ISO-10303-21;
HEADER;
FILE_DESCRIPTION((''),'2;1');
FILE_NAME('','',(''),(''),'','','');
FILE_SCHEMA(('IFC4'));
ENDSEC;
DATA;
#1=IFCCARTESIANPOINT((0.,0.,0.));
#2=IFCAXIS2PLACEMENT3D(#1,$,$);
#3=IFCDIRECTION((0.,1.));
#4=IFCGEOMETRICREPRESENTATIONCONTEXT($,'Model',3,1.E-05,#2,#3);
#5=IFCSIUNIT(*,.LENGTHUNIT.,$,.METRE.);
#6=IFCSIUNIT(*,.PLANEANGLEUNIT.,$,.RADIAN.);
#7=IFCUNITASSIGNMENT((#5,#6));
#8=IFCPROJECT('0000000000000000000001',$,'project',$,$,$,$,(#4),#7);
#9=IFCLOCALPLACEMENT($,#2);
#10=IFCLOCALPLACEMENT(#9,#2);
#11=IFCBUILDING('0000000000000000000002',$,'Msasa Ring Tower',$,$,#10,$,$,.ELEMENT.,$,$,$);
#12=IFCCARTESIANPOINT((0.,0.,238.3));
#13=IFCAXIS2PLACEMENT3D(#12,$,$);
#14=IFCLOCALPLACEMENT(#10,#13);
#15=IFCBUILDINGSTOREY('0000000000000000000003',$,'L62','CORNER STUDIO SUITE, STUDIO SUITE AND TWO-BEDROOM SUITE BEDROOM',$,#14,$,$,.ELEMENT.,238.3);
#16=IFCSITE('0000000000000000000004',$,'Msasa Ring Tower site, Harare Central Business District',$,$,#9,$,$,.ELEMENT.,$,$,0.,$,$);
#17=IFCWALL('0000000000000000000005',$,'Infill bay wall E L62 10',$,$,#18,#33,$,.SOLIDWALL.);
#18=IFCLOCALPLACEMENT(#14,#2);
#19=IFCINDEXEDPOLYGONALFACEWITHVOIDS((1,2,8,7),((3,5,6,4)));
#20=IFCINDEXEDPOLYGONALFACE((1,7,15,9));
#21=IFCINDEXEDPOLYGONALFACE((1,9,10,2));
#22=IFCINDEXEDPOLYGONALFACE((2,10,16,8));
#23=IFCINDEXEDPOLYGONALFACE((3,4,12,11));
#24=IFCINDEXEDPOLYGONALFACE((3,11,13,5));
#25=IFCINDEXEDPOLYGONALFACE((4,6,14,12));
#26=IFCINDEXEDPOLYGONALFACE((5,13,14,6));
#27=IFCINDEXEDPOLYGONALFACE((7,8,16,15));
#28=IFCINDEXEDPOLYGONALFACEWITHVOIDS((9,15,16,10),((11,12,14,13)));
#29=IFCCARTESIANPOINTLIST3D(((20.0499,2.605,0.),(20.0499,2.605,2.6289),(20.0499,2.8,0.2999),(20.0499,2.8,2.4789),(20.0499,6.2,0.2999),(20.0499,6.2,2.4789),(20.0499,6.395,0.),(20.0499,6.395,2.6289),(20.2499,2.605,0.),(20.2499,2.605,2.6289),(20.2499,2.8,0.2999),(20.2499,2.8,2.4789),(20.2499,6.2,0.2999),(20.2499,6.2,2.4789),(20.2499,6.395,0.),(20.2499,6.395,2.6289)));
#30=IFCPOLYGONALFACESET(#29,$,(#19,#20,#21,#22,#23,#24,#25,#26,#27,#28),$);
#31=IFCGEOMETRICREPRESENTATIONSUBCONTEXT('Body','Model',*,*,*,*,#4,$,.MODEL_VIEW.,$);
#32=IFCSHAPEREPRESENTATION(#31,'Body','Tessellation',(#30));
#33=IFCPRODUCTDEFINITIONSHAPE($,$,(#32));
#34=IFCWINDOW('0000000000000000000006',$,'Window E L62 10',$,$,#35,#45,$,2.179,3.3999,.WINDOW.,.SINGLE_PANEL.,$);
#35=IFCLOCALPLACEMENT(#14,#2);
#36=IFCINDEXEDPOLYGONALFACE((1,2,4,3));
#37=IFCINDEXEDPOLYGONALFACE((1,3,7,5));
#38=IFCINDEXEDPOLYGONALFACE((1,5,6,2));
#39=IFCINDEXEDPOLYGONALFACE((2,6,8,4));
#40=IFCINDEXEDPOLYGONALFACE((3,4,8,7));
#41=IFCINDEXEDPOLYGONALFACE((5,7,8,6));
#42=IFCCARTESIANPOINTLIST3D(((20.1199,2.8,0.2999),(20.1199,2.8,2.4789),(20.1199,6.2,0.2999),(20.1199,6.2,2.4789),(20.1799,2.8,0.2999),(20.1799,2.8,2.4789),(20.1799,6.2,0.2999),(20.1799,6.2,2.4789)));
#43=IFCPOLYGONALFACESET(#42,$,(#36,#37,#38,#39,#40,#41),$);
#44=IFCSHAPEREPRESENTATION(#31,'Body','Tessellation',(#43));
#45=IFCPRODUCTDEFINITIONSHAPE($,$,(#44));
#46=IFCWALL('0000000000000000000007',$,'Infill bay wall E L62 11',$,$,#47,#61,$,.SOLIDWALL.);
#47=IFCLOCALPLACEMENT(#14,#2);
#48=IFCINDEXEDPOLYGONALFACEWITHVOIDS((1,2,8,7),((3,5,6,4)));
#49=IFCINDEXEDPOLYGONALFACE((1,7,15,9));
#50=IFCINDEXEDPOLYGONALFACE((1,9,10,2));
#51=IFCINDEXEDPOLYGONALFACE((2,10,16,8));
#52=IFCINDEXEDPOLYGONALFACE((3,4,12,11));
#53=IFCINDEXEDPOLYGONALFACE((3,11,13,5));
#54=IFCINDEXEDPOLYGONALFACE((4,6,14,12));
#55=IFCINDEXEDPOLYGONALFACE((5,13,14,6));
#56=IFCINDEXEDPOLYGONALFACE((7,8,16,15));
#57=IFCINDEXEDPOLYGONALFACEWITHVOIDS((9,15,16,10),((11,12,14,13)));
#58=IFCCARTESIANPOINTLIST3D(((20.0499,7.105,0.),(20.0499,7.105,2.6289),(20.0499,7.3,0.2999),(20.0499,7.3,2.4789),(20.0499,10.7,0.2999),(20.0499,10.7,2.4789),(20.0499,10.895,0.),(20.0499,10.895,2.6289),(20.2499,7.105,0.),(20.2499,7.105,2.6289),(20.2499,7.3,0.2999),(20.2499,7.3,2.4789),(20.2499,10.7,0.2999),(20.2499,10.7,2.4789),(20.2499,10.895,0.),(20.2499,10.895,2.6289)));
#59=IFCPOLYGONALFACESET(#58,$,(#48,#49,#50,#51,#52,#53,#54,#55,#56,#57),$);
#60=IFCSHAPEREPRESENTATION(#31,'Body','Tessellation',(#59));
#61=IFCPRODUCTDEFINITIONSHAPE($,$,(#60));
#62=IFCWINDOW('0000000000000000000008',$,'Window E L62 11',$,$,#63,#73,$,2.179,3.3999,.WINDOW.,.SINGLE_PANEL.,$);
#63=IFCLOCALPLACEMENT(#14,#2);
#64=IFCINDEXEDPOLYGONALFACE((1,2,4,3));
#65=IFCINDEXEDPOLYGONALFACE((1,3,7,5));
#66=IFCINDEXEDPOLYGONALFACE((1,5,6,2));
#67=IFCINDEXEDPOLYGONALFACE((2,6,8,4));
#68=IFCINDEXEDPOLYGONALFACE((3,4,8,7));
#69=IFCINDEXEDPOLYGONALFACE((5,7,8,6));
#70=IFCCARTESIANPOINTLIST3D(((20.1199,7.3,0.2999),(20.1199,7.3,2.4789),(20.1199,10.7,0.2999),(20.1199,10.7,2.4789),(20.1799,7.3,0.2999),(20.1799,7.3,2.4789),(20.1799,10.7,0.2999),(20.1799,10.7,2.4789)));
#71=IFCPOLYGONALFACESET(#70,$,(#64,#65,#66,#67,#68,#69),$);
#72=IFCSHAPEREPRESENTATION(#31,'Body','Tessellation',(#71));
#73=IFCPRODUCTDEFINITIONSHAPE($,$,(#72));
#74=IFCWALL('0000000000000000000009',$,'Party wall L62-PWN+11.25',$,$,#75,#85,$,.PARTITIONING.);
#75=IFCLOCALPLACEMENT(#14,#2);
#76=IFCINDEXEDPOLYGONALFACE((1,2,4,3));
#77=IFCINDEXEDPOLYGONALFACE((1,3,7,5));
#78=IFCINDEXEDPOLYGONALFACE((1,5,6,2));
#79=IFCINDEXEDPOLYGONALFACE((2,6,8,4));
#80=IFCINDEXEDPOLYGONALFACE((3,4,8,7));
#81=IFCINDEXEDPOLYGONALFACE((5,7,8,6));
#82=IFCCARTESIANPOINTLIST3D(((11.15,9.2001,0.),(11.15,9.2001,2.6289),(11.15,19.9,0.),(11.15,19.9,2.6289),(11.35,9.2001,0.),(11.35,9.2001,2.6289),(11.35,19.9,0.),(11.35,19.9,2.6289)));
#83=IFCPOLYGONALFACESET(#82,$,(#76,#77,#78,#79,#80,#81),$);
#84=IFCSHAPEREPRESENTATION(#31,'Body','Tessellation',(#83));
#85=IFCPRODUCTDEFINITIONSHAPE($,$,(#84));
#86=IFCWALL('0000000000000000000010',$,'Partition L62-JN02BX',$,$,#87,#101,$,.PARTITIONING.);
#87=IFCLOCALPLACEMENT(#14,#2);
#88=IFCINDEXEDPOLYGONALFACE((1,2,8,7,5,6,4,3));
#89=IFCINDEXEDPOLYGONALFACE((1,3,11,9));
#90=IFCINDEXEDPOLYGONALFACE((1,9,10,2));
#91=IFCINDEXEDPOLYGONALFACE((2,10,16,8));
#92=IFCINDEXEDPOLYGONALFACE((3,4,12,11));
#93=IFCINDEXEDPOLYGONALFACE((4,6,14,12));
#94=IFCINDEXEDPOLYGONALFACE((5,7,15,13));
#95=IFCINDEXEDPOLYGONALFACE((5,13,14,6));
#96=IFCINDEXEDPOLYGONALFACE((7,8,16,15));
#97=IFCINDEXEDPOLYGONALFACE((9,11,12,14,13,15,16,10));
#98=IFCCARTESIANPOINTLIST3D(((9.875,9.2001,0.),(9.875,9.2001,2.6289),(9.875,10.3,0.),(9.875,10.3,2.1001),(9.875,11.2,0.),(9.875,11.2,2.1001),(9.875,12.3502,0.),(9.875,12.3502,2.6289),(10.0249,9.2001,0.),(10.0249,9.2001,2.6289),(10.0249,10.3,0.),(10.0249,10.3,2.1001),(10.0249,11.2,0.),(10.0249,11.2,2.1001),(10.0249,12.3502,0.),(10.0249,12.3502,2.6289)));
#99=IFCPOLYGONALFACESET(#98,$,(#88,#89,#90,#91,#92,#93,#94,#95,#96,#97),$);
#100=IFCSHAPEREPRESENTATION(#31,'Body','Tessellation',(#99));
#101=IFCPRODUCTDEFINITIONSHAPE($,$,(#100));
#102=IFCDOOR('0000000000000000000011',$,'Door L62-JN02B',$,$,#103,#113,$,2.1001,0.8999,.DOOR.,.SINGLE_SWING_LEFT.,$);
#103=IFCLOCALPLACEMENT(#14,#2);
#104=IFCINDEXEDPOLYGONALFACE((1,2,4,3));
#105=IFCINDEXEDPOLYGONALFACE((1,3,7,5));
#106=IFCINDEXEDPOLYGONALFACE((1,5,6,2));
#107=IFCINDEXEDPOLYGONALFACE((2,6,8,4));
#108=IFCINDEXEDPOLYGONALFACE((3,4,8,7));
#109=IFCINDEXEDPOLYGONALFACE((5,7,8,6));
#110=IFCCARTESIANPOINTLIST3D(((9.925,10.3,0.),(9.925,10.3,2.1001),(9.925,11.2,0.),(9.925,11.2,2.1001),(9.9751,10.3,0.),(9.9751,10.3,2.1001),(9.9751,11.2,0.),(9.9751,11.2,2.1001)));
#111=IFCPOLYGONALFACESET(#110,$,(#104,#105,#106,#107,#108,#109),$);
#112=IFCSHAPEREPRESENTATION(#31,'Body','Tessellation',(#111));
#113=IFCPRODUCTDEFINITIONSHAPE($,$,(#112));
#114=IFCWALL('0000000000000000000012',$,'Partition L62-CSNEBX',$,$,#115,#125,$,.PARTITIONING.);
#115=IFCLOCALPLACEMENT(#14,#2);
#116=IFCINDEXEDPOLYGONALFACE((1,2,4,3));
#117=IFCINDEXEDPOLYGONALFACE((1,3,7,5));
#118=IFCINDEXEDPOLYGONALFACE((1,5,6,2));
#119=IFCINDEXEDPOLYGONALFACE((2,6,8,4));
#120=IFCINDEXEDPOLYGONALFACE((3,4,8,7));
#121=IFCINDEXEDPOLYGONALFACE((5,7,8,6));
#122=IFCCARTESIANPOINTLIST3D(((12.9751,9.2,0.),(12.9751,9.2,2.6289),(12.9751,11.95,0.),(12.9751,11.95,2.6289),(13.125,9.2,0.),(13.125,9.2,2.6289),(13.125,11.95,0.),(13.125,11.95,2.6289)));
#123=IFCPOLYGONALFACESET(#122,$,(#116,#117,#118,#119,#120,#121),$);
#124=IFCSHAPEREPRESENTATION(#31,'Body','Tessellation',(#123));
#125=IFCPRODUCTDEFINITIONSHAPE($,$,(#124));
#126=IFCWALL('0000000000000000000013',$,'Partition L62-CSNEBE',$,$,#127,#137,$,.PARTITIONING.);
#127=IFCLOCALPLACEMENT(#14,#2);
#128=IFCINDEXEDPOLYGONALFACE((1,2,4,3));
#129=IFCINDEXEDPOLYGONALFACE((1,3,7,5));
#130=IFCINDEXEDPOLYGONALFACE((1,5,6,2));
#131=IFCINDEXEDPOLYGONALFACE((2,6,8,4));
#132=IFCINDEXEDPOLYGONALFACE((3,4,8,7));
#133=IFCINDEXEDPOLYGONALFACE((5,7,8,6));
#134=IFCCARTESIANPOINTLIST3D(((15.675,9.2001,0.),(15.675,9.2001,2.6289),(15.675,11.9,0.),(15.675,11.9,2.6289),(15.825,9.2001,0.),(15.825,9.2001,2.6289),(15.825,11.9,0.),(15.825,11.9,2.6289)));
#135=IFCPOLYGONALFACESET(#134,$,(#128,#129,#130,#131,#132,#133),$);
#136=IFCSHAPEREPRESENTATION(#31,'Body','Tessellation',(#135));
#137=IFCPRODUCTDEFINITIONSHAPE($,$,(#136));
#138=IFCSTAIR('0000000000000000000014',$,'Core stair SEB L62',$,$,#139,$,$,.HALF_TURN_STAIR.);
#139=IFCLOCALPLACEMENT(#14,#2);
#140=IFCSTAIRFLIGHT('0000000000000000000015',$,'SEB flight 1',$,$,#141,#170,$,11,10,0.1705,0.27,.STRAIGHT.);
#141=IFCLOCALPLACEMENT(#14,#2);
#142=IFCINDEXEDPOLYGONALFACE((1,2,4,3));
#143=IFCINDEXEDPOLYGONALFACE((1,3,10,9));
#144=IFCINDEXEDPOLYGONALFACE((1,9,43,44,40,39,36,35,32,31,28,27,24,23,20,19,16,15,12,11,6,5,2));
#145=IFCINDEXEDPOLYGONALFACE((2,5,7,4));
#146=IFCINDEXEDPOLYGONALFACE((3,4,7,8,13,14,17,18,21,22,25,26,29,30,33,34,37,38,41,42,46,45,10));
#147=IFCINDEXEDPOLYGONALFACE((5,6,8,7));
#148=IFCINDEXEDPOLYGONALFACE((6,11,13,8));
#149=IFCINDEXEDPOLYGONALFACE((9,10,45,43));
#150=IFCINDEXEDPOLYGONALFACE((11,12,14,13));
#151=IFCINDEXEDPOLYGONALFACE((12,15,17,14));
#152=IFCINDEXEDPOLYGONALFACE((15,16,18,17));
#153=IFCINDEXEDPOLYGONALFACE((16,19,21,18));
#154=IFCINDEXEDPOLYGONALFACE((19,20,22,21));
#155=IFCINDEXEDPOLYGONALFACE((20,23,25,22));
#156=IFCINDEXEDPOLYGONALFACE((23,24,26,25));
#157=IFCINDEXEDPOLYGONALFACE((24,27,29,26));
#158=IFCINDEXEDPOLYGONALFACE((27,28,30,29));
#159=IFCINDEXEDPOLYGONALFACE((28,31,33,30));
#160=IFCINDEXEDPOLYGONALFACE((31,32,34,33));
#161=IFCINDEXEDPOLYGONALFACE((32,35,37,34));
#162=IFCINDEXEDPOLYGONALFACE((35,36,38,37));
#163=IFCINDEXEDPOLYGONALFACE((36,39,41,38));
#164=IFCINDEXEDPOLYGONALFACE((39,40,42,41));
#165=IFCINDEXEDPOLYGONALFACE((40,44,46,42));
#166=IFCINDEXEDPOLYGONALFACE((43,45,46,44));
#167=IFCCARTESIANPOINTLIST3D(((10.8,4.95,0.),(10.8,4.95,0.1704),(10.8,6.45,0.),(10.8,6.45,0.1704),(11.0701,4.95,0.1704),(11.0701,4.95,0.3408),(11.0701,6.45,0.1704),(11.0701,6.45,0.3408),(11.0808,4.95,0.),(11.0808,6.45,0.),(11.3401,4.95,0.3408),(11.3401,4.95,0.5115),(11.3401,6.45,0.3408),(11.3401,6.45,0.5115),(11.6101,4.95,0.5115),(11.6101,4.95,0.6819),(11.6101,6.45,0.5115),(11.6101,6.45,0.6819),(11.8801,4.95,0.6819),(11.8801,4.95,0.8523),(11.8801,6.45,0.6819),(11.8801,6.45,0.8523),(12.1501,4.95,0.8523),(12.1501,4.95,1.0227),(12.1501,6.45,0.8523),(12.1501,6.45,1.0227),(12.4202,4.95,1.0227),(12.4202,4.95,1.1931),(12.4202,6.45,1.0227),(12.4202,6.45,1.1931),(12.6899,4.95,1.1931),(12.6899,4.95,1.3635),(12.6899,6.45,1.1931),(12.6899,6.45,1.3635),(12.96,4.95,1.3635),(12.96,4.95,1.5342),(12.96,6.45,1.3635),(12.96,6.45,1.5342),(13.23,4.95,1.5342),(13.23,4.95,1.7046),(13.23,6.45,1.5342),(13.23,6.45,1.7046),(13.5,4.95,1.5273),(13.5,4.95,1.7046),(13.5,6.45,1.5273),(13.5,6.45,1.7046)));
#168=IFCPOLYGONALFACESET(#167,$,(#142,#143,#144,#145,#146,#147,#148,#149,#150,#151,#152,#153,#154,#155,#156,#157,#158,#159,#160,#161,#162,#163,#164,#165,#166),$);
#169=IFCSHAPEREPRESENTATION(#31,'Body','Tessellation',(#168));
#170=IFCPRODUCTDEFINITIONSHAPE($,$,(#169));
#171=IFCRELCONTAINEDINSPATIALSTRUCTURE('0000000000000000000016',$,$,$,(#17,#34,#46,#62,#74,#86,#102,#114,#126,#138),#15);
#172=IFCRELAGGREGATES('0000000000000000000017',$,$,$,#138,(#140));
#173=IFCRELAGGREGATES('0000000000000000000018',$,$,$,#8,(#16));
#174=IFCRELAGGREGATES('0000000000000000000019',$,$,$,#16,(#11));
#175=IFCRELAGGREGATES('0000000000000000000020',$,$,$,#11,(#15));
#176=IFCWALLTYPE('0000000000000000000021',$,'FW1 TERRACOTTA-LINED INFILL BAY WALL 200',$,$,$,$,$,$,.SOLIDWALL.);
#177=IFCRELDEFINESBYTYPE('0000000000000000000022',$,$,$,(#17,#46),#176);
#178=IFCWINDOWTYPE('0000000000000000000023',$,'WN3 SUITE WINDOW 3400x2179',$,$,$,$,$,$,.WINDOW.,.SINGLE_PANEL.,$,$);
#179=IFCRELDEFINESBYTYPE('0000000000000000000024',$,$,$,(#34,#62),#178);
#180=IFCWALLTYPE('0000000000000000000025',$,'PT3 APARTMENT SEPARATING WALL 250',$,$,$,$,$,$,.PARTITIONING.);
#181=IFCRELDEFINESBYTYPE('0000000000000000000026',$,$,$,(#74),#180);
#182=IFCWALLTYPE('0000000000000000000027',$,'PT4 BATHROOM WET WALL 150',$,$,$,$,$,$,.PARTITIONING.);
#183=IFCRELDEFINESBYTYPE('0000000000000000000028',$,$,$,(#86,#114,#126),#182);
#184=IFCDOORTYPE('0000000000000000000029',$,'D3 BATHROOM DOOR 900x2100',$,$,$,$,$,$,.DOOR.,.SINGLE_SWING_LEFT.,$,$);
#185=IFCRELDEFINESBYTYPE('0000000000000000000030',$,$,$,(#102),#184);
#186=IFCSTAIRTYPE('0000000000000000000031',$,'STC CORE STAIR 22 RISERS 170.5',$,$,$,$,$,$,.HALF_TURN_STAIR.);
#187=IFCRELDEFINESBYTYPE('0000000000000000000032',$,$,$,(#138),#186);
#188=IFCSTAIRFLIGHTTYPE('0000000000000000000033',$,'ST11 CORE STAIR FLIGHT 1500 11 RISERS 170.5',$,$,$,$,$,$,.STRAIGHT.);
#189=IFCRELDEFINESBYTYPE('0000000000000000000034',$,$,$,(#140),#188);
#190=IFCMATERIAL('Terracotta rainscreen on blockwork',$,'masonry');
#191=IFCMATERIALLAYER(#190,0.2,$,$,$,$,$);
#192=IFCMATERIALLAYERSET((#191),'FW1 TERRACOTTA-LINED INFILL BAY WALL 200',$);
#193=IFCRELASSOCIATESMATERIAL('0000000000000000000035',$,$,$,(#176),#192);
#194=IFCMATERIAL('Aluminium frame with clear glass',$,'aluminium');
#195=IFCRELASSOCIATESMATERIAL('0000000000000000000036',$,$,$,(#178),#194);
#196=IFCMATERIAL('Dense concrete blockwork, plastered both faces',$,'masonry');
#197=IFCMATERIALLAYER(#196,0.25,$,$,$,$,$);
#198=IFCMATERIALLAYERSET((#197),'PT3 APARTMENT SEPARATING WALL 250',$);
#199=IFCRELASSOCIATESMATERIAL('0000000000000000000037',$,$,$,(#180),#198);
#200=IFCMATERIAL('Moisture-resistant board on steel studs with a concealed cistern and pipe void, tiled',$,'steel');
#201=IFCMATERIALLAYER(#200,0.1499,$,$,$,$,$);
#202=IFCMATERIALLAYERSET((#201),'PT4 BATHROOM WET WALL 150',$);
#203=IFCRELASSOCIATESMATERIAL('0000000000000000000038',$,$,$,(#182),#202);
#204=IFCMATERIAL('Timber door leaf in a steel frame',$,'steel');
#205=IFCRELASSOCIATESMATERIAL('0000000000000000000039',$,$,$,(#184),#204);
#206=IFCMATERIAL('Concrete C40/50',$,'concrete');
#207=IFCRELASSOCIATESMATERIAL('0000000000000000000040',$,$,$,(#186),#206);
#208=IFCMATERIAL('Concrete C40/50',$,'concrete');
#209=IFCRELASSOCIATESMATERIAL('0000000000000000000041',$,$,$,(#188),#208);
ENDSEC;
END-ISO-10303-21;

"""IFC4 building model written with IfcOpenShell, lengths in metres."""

from ifc_helpers import new_model, si_unit, direction, frame, frame_2d, origin, place, context, subcontext, project, spatial, polyline, rectangle, outline, extrude, material, layer, layer_set, type_object, element, fill, aggregate, save


model = new_model("IFC4")

# Units and contexts
model_context = context("Model", 3, precision=1e-05, world=origin(), true_north=direction((0.0, 1.0)))
body_context = subcontext(model_context, "Body", "Model", "MODEL_VIEW")
ifc_project = project(units=[si_unit("LENGTHUNIT", "METRE"), si_unit("PLANEANGLEUNIT", "RADIAN")], contexts=[model_context])

# Site, building, storey
site_placement = place(None, origin())
site = spatial("IfcSite", under=ifc_project, at=site_placement, Name="Msasa Ring Tower site, Harare Central Business District", CompositionType="ELEMENT", RefElevation=0.0)
building_placement = place(site_placement, origin())
building = spatial("IfcBuilding", under=site, at=building_placement, Name="Msasa Ring Tower", CompositionType="ELEMENT")
storey_placement = place(building_placement, frame((0.0, 0.0, 238.3)))
storey = spatial("IfcBuildingStorey", under=building, at=storey_placement, Name="L62", Description="CORNER STUDIO SUITE, STUDIO SUITE AND TWO-BEDROOM SUITE BEDROOM", CompositionType="ELEMENT", Elevation=238.3)

# Walls, openings, windows
ifc_material_1 = material(Name="Terracotta rainscreen on blockwork", Category="masonry")
ifc_layer_1 = layer(ifc_material_1, 0.2)
ifc_layer_set_1 = layer_set([ifc_layer_1], Name="FW1 TERRACOTTA-LINED INFILL BAY WALL 200")
wall_type_1 = type_object("IfcWallType", Name="FW1 TERRACOTTA-LINED INFILL BAY WALL 200", PredefinedType="SOLIDWALL", material=ifc_layer_set_1)
wall_1_placement = place(storey_placement, frame((20.1499, 2.605, 0.0), z_axis=(0.0, 0.0, 1.0), x_axis=(0.0, 1.0, 0.0)))
wall_1 = element("IfcWall", 1, at=wall_1_placement, inside=storey, type_object=wall_type_1, Name="Infill bay wall E L62 10", PredefinedType="SOLIDWALL", context=body_context, shape_type="SweptSolid", body=[
    extrude(rectangle(XDim=3.79, YDim=0.2, at=frame_2d((1.895, 0.0))), origin(), (0.0, 0.0, 1.0), 2.6289),
])
opening_1_placement = place(wall_1_placement, frame((0.1951, 0.0, 0.3)))
opening_1 = element("IfcOpeningElement", 2, at=opening_1_placement, cuts=wall_1, PredefinedType="OPENING", context=body_context, shape_type="SweptSolid", body=[
    extrude(rectangle(XDim=3.3999, YDim=2.179, at=frame_2d((1.7, 1.0894))), frame((0.0, 0.1099, 0.0), z_axis=(0.0, -1.0, 0.0), x_axis=(1.0, 0.0, 0.0)), (0.0, 0.0, 1.0), 0.22),
])
ifc_material_2 = material(Name="Aluminium frame with clear glass", Category="aluminium")
window_type = type_object("IfcWindowType", Name="WN3 SUITE WINDOW 3400x2179", PartitioningType="SINGLE_PANEL", PredefinedType="WINDOW", material=ifc_material_2)
window_1_placement = place(opening_1_placement, origin())
window_1 = element("IfcWindow", 3, at=window_1_placement, inside=storey, type_object=window_type, Name="Window E L62 10", OverallHeight=2.179, OverallWidth=3.3999, PartitioningType="SINGLE_PANEL", PredefinedType="WINDOW", context=body_context, shape_type="SweptSolid", body=[
    extrude(rectangle(XDim=3.3999, YDim=2.179, at=frame_2d((1.7, 1.0894))), frame((0.0, 0.03, 0.0), z_axis=(0.0, -1.0, 0.0), x_axis=(1.0, 0.0, 0.0)), (0.0, 0.0, 1.0), 0.0601),
])
fill(opening_1, window_1)
wall_2_placement = place(storey_placement, frame((20.1499, 7.105, 0.0), z_axis=(0.0, 0.0, 1.0), x_axis=(0.0, 1.0, 0.0)))
wall_2 = element("IfcWall", 4, at=wall_2_placement, inside=storey, type_object=wall_type_1, Name="Infill bay wall E L62 11", PredefinedType="SOLIDWALL", context=body_context, shape_type="SweptSolid", body=[
    extrude(rectangle(XDim=3.79, YDim=0.2, at=frame_2d((1.895, 0.0))), origin(), (0.0, 0.0, 1.0), 2.6289),
])
opening_2_placement = place(wall_2_placement, frame((0.1951, 0.0, 0.3)))
opening_2 = element("IfcOpeningElement", 5, at=opening_2_placement, cuts=wall_2, PredefinedType="OPENING", context=body_context, shape_type="SweptSolid", body=[
    extrude(rectangle(XDim=3.3999, YDim=2.179, at=frame_2d((1.7, 1.0894))), frame((0.0, 0.1099, 0.0), z_axis=(0.0, -1.0, 0.0), x_axis=(1.0, 0.0, 0.0)), (0.0, 0.0, 1.0), 0.22),
])
window_2_placement = place(opening_2_placement, origin())
window_2 = element("IfcWindow", 6, at=window_2_placement, inside=storey, type_object=window_type, Name="Window E L62 11", OverallHeight=2.179, OverallWidth=3.3999, PartitioningType="SINGLE_PANEL", PredefinedType="WINDOW", context=body_context, shape_type="SweptSolid", body=[
    extrude(rectangle(XDim=3.3999, YDim=2.179, at=frame_2d((1.7, 1.0894))), frame((0.0, 0.03, 0.0), z_axis=(0.0, -1.0, 0.0), x_axis=(1.0, 0.0, 0.0)), (0.0, 0.0, 1.0), 0.0601),
])
fill(opening_2, window_2)

# Wall
ifc_material_3 = material(Name="Dense concrete blockwork, plastered both faces", Category="masonry")
ifc_layer_2 = layer(ifc_material_3, 0.25)
ifc_layer_set_2 = layer_set([ifc_layer_2], Name="PT3 APARTMENT SEPARATING WALL 250")
wall_type_2 = type_object("IfcWallType", Name="PT3 APARTMENT SEPARATING WALL 250", PredefinedType="PARTITIONING", material=ifc_layer_set_2)
wall_3_placement = place(storey_placement, frame((11.25, 9.2, 0.0), z_axis=(0.0, 0.0, 1.0), x_axis=(0.0, 1.0, 0.0)))
element("IfcWall", 7, at=wall_3_placement, inside=storey, type_object=wall_type_2, Name="Party wall L62-PWN+11.25", PredefinedType="PARTITIONING", context=body_context, shape_type="SweptSolid", body=[
    extrude(rectangle(XDim=10.7, YDim=0.2, at=frame_2d((5.3501, 0.0))), origin(), (0.0, 0.0, 1.0), 2.6289),
])

# Wall, opening, door
ifc_material_4 = material(Name="Moisture-resistant board on steel studs with a concealed cistern and pipe void, tiled", Category="steel")
ifc_layer_3 = layer(ifc_material_4, 0.1499)
ifc_layer_set_3 = layer_set([ifc_layer_3], Name="PT4 BATHROOM WET WALL 150")
wall_type_3 = type_object("IfcWallType", Name="PT4 BATHROOM WET WALL 150", PredefinedType="PARTITIONING", material=ifc_layer_set_3)
wall_4_placement = place(storey_placement, frame((9.95, 9.2, 0.0), z_axis=(0.0, 0.0, 1.0), x_axis=(0.0, 1.0, 0.0)))
wall_4 = element("IfcWall", 8, at=wall_4_placement, inside=storey, type_object=wall_type_3, Name="Partition L62-JN02BX", PredefinedType="PARTITIONING", context=body_context, shape_type="SweptSolid", body=[
    extrude(rectangle(XDim=3.1501, YDim=0.1499, at=frame_2d((1.5752, 0.0))), origin(), (0.0, 0.0, 1.0), 2.6289),
])
opening_3_placement = place(wall_4_placement, frame((1.1001, 0.0, 0.0)))
opening_3 = element("IfcOpeningElement", 9, at=opening_3_placement, cuts=wall_4, PredefinedType="OPENING", context=body_context, shape_type="SweptSolid", body=[
    extrude(rectangle(XDim=0.8999, YDim=2.1001, at=frame_2d((0.45, 1.05))), frame((0.0, 0.085, 0.0), z_axis=(0.0, -1.0, 0.0), x_axis=(1.0, 0.0, 0.0)), (0.0, 0.0, 1.0), 0.1699),
])
ifc_material_5 = material(Name="Timber door leaf in a steel frame", Category="steel")
door_type = type_object("IfcDoorType", Name="D3 BATHROOM DOOR 900x2100", OperationType="SINGLE_SWING_LEFT", PredefinedType="DOOR", material=ifc_material_5)
door_placement = place(opening_3_placement, origin())
door = element("IfcDoor", 10, at=door_placement, inside=storey, type_object=door_type, Name="Door L62-JN02B", OperationType="SINGLE_SWING_LEFT", OverallHeight=2.1001, OverallWidth=0.8999, PredefinedType="DOOR", context=body_context, shape_type="SweptSolid", body=[
    extrude(rectangle(XDim=0.8999, YDim=2.1001, at=frame_2d((0.45, 1.05))), frame((0.0, 0.0249, 0.0), z_axis=(0.0, -1.0, 0.0), x_axis=(1.0, 0.0, 0.0)), (0.0, 0.0, 1.0), 0.05),
])
fill(opening_3, door)

# Walls
wall_5_placement = place(storey_placement, frame((13.05, 9.2, 0.0), z_axis=(0.0, 0.0, 1.0), x_axis=(0.0, 1.0, 0.0)))
element("IfcWall", 11, at=wall_5_placement, inside=storey, type_object=wall_type_3, Name="Partition L62-CSNEBX", PredefinedType="PARTITIONING", context=body_context, shape_type="SweptSolid", body=[
    extrude(rectangle(XDim=2.75, YDim=0.1499, at=frame_2d((1.375, 0.0))), origin(), (0.0, 0.0, 1.0), 2.6289),
])
wall_6_placement = place(storey_placement, frame((15.75, 9.2, 0.0), z_axis=(0.0, 0.0, 1.0), x_axis=(0.0, 1.0, 0.0)))
element("IfcWall", 12, at=wall_6_placement, inside=storey, type_object=wall_type_3, Name="Partition L62-CSNEBE", PredefinedType="PARTITIONING", context=body_context, shape_type="SweptSolid", body=[
    extrude(rectangle(XDim=2.7, YDim=0.1499, at=frame_2d((1.3501, 0.0))), origin(), (0.0, 0.0, 1.0), 2.6289),
])

# Stair, stair flight
ifc_material_6 = material(Name="Concrete C40/50", Category="concrete")
stair_type = type_object("IfcStairType", Name="STC CORE STAIR 22 RISERS 170.5", PredefinedType="HALF_TURN_STAIR", material=ifc_material_6)
stair_placement = place(storey_placement, origin())
stair = element("IfcStair", 13, at=stair_placement, inside=storey, type_object=stair_type, Name="Core stair SEB L62", PredefinedType="HALF_TURN_STAIR")
ifc_material_7 = material(Name="Concrete C40/50", Category="concrete")
stair_flight_type = type_object("IfcStairFlightType", Name="ST11 CORE STAIR FLIGHT 1500 11 RISERS 170.5", PredefinedType="STRAIGHT", material=ifc_material_7)
stair_flight_1_placement = place(storey_placement, frame((10.8, 5.7, 0.0), z_axis=(0.0, 0.0, 1.0), x_axis=(1.0, 0.0, 0.0)))
stair_flight_1 = element("IfcStairFlight", 14, at=stair_flight_1_placement, type_object=stair_flight_type, Name="SEB flight 1", NumberOfRisers=11, NumberOfTreads=10, PredefinedType="STRAIGHT", RiserHeight=0.1705, TreadLength=0.27, context=body_context, shape_type="SweptSolid", body=[
    extrude(outline(polyline([(0.0, 0.0), (0.0, 0.1704), (0.27, 0.1704), (0.27, 0.3408), (0.54, 0.3408), (0.54, 0.5115), (0.8101, 0.5115), (0.8101, 0.6819), (1.0801, 0.6819), (1.0801, 0.8523), (1.3501, 0.8523), (1.3501, 1.0227), (1.6201, 1.0227), (1.6201, 1.1931), (1.8899, 1.1931), (1.8899, 1.3635), (2.1599, 1.3635), (2.1599, 1.5342), (2.4299, 1.5342), (2.4299, 1.7046), (2.7, 1.7046), (2.7, 1.875), (2.7, 1.5273), (0.2808, 0.0), (0.0, 0.0)])), frame((0.0, 0.75, 0.0), z_axis=(0.0, -1.0, 0.0), x_axis=(1.0, 0.0, 0.0)), (0.0, 0.0, 1.0), 1.5),
])
aggregate(stair, [stair_flight_1])

save(model, "model.ifc")
